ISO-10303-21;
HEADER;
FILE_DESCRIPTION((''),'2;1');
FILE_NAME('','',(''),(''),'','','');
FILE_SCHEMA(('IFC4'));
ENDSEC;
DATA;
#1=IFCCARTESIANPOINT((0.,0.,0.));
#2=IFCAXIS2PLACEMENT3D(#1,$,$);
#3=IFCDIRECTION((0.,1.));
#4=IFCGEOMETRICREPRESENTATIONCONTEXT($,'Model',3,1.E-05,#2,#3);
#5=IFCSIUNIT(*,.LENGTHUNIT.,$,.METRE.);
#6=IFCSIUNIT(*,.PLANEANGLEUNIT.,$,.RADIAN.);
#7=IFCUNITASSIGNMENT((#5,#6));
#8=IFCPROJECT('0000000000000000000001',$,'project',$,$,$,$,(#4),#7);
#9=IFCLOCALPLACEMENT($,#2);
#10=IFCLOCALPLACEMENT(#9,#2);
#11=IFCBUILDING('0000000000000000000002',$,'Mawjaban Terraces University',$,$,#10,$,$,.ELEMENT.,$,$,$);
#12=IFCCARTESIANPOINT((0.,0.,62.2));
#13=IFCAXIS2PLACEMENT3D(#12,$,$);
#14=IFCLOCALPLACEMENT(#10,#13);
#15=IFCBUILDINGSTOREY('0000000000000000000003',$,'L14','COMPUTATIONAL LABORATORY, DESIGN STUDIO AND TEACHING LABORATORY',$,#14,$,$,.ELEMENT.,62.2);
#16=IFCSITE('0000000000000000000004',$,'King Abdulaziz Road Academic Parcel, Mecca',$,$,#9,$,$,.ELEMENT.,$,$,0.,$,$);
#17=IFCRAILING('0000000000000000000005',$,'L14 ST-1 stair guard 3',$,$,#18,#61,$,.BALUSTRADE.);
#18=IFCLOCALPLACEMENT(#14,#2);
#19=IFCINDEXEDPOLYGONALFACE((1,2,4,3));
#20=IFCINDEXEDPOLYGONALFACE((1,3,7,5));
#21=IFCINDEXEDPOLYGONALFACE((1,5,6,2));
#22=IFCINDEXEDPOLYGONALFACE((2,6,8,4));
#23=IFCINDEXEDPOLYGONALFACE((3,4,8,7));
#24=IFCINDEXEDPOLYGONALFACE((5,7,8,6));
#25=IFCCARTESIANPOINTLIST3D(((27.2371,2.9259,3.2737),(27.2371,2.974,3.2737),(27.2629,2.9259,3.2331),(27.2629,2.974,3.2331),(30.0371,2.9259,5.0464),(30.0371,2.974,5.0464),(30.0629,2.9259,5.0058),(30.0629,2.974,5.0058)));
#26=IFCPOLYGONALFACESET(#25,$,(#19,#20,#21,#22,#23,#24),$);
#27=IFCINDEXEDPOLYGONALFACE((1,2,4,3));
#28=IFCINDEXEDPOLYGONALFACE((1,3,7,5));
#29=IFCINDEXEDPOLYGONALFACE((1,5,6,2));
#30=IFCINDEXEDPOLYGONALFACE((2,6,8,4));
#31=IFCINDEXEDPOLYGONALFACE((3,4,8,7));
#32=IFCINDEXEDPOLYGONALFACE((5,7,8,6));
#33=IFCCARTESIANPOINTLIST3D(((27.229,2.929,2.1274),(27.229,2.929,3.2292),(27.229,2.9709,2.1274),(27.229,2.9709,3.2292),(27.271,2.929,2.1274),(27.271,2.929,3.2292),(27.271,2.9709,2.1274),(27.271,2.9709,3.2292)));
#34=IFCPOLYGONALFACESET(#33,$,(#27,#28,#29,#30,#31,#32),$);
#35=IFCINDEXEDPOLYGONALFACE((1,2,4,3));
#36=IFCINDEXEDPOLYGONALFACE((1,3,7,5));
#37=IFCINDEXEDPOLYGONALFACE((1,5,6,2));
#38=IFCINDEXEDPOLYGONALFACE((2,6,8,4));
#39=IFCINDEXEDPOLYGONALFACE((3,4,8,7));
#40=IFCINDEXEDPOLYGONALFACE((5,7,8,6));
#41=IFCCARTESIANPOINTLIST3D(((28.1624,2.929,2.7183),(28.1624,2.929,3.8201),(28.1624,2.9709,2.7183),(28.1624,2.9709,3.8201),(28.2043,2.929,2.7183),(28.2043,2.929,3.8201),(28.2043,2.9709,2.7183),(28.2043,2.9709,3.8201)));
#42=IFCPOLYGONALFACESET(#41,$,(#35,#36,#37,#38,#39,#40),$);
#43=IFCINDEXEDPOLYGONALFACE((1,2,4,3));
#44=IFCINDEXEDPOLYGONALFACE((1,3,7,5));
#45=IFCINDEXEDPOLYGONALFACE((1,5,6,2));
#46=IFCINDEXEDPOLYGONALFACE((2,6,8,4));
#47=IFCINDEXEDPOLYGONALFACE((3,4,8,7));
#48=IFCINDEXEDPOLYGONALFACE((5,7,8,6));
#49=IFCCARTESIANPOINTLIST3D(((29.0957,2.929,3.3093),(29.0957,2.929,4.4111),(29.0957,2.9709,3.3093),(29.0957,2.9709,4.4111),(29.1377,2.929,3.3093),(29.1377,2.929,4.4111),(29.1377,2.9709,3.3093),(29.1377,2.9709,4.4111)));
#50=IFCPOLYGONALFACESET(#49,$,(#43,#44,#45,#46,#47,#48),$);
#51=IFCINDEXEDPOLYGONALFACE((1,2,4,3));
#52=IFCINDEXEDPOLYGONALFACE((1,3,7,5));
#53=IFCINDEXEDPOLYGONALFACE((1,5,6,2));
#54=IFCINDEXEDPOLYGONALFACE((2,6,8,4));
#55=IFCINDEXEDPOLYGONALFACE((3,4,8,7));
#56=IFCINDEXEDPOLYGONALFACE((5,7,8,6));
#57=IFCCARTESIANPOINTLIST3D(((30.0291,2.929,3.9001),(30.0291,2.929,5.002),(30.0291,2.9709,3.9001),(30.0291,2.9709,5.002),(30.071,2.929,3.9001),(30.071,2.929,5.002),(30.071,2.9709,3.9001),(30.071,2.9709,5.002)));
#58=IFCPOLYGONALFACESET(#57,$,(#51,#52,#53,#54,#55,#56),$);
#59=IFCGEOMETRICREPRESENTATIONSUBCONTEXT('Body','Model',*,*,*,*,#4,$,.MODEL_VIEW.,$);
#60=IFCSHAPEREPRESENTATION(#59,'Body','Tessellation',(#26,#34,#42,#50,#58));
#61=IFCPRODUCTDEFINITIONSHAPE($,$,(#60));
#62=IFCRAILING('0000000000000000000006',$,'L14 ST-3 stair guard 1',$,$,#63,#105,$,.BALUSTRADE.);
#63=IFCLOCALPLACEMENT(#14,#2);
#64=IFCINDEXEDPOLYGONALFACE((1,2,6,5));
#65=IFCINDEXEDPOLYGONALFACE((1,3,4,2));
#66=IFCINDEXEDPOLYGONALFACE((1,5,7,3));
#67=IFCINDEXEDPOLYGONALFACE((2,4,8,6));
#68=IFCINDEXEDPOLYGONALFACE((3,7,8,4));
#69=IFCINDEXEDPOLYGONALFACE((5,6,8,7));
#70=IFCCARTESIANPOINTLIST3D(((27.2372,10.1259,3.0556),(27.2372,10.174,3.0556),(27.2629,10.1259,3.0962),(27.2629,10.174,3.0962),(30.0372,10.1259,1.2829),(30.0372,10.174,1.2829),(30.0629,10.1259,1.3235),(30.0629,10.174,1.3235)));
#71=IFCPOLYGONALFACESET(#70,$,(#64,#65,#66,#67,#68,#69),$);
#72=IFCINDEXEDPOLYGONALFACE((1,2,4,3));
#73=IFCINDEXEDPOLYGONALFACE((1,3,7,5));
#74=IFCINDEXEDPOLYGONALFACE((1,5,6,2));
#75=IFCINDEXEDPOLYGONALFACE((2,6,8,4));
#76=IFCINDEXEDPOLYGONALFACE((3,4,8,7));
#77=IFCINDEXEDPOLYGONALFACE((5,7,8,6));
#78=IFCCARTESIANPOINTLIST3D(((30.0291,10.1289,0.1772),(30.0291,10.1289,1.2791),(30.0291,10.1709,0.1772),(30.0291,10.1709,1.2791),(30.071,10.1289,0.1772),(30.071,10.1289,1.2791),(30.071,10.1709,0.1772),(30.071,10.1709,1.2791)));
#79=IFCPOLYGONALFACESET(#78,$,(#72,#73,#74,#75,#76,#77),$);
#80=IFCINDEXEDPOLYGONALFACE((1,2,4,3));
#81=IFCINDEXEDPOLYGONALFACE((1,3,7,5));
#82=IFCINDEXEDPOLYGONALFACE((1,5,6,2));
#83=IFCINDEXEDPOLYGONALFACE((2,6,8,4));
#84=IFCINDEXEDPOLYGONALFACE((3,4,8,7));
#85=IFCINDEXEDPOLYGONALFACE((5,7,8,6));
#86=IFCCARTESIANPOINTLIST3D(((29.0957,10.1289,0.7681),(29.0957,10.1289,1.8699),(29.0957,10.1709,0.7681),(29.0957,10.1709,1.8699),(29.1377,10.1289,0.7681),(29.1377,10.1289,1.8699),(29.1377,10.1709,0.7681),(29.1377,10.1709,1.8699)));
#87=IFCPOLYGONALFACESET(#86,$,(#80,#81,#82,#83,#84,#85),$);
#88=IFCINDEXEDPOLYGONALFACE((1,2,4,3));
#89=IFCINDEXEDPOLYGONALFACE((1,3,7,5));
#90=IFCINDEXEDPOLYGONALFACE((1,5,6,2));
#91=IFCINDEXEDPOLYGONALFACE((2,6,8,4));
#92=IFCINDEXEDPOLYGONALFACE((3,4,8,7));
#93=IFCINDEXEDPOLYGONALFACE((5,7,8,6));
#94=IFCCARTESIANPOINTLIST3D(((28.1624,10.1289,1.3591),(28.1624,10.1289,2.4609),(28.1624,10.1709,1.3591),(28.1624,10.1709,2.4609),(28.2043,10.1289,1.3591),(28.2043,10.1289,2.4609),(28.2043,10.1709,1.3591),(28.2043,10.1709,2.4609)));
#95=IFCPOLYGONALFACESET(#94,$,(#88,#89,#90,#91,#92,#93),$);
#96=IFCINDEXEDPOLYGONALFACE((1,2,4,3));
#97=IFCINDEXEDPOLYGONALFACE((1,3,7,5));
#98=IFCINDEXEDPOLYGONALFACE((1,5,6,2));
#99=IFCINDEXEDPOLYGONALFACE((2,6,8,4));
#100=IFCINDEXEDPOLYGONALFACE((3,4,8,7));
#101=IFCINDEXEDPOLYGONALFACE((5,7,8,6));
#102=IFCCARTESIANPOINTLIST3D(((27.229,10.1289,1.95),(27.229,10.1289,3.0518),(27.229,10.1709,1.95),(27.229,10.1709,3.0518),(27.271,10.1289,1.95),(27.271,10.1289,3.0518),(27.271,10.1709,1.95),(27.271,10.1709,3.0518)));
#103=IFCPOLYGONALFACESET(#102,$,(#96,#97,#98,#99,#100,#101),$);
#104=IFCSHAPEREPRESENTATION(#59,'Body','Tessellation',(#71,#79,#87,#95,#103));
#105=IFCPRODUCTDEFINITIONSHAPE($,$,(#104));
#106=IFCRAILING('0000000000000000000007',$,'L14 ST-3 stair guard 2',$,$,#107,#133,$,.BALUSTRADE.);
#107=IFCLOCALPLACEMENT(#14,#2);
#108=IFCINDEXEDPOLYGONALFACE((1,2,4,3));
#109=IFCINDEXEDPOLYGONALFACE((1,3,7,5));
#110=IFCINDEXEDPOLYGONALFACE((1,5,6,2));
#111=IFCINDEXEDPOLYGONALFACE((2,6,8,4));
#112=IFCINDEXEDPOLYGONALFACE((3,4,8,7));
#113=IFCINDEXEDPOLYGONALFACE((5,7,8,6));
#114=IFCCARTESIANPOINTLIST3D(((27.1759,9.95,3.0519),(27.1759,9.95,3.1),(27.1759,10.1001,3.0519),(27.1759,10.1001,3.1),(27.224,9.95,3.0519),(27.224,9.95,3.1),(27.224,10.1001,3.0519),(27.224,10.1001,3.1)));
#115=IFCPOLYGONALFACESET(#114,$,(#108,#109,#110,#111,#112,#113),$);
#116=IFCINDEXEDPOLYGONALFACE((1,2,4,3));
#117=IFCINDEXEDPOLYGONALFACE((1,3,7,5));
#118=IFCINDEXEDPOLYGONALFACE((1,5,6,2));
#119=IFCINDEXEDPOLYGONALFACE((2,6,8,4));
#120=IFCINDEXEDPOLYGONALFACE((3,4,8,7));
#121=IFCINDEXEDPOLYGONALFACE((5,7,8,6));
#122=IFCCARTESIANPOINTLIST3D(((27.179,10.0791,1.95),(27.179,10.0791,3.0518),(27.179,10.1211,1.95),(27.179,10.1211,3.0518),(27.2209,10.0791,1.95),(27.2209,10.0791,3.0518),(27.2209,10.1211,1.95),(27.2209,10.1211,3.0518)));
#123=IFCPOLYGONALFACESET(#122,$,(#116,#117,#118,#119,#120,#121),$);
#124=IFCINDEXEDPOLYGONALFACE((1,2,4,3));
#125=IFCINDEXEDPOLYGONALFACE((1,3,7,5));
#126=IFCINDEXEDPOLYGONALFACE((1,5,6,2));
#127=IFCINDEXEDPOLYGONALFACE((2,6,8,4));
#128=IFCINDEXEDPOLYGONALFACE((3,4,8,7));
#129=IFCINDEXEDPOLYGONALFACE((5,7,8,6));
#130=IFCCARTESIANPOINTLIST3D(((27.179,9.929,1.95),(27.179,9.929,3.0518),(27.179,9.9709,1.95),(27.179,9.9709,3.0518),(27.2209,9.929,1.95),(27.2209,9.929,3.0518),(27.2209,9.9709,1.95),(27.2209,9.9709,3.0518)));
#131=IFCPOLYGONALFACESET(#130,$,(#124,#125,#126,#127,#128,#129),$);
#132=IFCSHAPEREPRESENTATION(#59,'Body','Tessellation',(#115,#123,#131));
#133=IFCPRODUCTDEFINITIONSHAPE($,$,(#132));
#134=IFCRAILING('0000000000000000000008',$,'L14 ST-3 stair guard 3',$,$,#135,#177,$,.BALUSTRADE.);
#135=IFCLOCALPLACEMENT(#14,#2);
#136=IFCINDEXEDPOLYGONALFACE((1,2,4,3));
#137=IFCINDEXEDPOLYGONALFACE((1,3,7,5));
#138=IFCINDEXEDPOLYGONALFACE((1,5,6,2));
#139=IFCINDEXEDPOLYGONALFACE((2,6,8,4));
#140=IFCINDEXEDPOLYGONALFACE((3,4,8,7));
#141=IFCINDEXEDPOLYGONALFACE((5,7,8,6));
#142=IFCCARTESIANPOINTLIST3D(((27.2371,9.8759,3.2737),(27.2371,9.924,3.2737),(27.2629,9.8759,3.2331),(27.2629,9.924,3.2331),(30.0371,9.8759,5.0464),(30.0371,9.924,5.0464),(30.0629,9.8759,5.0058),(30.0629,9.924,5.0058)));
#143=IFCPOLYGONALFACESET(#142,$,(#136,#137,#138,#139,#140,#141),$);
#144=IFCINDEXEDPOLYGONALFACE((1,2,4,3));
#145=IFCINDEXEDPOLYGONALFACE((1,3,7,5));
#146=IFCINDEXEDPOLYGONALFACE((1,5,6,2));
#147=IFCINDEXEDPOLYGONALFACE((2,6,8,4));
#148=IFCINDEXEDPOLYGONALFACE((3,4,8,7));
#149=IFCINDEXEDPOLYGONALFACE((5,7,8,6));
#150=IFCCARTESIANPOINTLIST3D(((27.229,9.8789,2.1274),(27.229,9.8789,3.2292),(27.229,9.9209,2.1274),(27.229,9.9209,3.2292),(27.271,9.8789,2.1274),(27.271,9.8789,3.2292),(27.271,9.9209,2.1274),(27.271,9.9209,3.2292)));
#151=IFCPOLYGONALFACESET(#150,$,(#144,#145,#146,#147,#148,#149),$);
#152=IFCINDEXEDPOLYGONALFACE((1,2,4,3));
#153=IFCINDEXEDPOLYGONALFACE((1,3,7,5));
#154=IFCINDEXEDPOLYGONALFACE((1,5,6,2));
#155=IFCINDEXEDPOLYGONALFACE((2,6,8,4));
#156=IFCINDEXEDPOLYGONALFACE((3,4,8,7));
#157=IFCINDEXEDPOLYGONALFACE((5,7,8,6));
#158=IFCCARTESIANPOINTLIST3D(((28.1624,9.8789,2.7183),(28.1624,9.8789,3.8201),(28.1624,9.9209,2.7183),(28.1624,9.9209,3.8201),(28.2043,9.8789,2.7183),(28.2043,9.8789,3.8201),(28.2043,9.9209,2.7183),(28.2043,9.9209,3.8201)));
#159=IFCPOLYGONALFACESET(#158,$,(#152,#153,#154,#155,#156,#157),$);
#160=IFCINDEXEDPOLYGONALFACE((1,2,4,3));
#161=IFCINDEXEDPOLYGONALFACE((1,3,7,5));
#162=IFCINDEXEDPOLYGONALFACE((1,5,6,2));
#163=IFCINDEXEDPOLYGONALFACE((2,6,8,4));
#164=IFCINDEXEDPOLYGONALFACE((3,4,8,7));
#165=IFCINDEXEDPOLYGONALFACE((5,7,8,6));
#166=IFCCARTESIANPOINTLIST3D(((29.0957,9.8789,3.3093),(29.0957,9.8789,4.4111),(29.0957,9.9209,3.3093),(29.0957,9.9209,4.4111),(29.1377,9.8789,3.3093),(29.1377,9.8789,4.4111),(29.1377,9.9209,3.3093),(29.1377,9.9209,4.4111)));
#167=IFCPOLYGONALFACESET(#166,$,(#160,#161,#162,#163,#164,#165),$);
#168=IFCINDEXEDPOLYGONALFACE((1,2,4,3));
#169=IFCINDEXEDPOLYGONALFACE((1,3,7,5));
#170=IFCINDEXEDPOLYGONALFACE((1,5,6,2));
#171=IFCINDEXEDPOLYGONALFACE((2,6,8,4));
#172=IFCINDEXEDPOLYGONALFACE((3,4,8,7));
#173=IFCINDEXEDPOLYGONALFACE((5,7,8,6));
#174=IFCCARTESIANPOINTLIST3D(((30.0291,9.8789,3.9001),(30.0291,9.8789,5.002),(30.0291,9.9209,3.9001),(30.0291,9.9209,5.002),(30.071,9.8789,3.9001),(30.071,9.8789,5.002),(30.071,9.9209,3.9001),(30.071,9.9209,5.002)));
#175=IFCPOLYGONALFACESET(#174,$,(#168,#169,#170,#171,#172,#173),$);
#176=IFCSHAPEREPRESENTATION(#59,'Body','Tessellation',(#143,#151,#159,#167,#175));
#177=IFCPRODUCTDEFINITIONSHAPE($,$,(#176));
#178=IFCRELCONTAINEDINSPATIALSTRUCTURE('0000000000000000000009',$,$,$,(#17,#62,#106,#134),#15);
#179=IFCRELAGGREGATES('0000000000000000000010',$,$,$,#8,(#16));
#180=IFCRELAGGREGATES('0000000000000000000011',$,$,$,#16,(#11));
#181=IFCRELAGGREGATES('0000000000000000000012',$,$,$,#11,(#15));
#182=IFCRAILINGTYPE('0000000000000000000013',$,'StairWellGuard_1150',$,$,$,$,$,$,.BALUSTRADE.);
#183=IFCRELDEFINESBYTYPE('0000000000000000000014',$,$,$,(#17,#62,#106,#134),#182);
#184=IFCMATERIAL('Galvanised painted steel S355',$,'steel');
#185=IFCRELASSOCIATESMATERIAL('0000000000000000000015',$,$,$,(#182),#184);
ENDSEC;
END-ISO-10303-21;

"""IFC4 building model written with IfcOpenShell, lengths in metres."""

from ifc_helpers import new_model, si_unit, direction, frame, origin, origin_2d, place, context, subcontext, project, spatial, rectangle, extrude, material, type_object, element, save


model = new_model("IFC4")

# Units and contexts
model_context = context("Model", 3, precision=1e-05, world=origin(), true_north=direction((0.0, 1.0)))
body_context = subcontext(model_context, "Body", "Model", "MODEL_VIEW")
ifc_project = project(units=[si_unit("LENGTHUNIT", "METRE"), si_unit("PLANEANGLEUNIT", "RADIAN")], contexts=[model_context])

# Site, building, storey
site_placement = place(None, origin())
site = spatial("IfcSite", under=ifc_project, at=site_placement, Name="King Abdulaziz Road Academic Parcel, Mecca", CompositionType="ELEMENT", RefElevation=0.0)
building_placement = place(site_placement, origin())
building = spatial("IfcBuilding", under=site, at=building_placement, Name="Mawjaban Terraces University", CompositionType="ELEMENT")
storey_placement = place(building_placement, frame((0.0, 0.0, 62.2)))
storey = spatial("IfcBuildingStorey", under=building, at=storey_placement, Name="L14", Description="COMPUTATIONAL LABORATORY, DESIGN STUDIO AND TEACHING LABORATORY", CompositionType="ELEMENT", Elevation=62.2)

# Railings
ifc_material_1 = material(Name="Galvanised painted steel S355", Category="steel")
railing_type_1 = type_object("IfcRailingType", Name="StairWellGuard_1150", PredefinedType="BALUSTRADE", material=ifc_material_1)
railing_1_placement = place(storey_placement, frame((27.25, 2.95, 2.1274)))
element("IfcRailing", 1, at=railing_1_placement, inside=storey, type_object=railing_type_1, Name="L14 ST-1 stair guard 3", PredefinedType="BALUSTRADE", context=body_context, shape_type="SweptSolid", body=[
    extrude(rectangle(XDim=0.0481, YDim=0.0481, at=origin_2d()), frame((0.0, 0.0, 1.126), z_axis=(0.844909, 0.0, 0.53491), x_axis=(0.0, 1.0, 0.0)), (0.0, 0.0, 1.0), 3.314),
    extrude(rectangle(XDim=0.042, YDim=0.042, at=origin_2d()), origin(), (0.0, 0.0, 1.0), 1.1018),
    extrude(rectangle(XDim=0.042, YDim=0.042, at=origin_2d()), frame((0.9333, 0.0, 0.5908)), (0.0, 0.0, 1.0), 1.1018),
    extrude(rectangle(XDim=0.042, YDim=0.042, at=origin_2d()), frame((1.8667, 0.0, 1.1819)), (0.0, 0.0, 1.0), 1.1018),
    extrude(rectangle(XDim=0.042, YDim=0.042, at=origin_2d()), frame((2.8, 0.0, 1.7727)), (0.0, 0.0, 1.0), 1.1018),
])
railing_2_placement = place(storey_placement, frame((30.05, 10.1499, 0.1772)))
element("IfcRailing", 2, at=railing_2_placement, inside=storey, type_object=railing_type_1, Name="L14 ST-3 stair guard 1", PredefinedType="BALUSTRADE", context=body_context, shape_type="SweptSolid", body=[
    extrude(rectangle(XDim=0.0481, YDim=0.0481, at=origin_2d()), frame((0.0, 0.0, 1.126), z_axis=(-0.844909, 0.0, 0.53491), x_axis=(0.0, -1.0, 0.0)), (0.0, 0.0, 1.0), 3.314),
    extrude(rectangle(XDim=0.042, YDim=0.042, at=origin_2d()), origin(), (0.0, 0.0, 1.0), 1.1018),
    extrude(rectangle(XDim=0.042, YDim=0.042, at=origin_2d()), frame((-0.9333, 0.0, 0.5908)), (0.0, 0.0, 1.0), 1.1018),
    extrude(rectangle(XDim=0.042, YDim=0.042, at=origin_2d()), frame((-1.8667, 0.0, 1.1819)), (0.0, 0.0, 1.0), 1.1018),
    extrude(rectangle(XDim=0.042, YDim=0.042, at=origin_2d()), frame((-2.8, 0.0, 1.7727)), (0.0, 0.0, 1.0), 1.1018),
])
railing_3_placement = place(storey_placement, frame((27.2, 10.1001, 1.95)))
element("IfcRailing", 3, at=railing_3_placement, inside=storey, type_object=railing_type_1, Name="L14 ST-3 stair guard 2", PredefinedType="BALUSTRADE", context=body_context, shape_type="SweptSolid", body=[
    extrude(rectangle(XDim=0.0481, YDim=0.0481, at=origin_2d()), frame((0.0, 0.0, 1.126), z_axis=(0.0, -1.0, 0.0), x_axis=(1.0, 0.0, 0.0)), (0.0, 0.0, 1.0), 0.1501),
    extrude(rectangle(XDim=0.042, YDim=0.042, at=origin_2d()), origin(), (0.0, 0.0, 1.0), 1.1018),
    extrude(rectangle(XDim=0.042, YDim=0.042, at=origin_2d()), frame((0.0, -0.1501, 0.0)), (0.0, 0.0, 1.0), 1.1018),
])
railing_4_placement = place(storey_placement, frame((27.25, 9.8999, 2.1274)))
element("IfcRailing", 4, at=railing_4_placement, inside=storey, type_object=railing_type_1, Name="L14 ST-3 stair guard 3", PredefinedType="BALUSTRADE", context=body_context, shape_type="SweptSolid", body=[
    extrude(rectangle(XDim=0.0481, YDim=0.0481, at=origin_2d()), frame((0.0, 0.0, 1.126), z_axis=(0.844909, 0.0, 0.53491), x_axis=(0.0, 1.0, 0.0)), (0.0, 0.0, 1.0), 3.314),
    extrude(rectangle(XDim=0.042, YDim=0.042, at=origin_2d()), origin(), (0.0, 0.0, 1.0), 1.1018),
    extrude(rectangle(XDim=0.042, YDim=0.042, at=origin_2d()), frame((0.9333, 0.0, 0.5908)), (0.0, 0.0, 1.0), 1.1018),
    extrude(rectangle(XDim=0.042, YDim=0.042, at=origin_2d()), frame((1.8667, 0.0, 1.1819)), (0.0, 0.0, 1.0), 1.1018),
    extrude(rectangle(XDim=0.042, YDim=0.042, at=origin_2d()), frame((2.8, 0.0, 1.7727)), (0.0, 0.0, 1.0), 1.1018),
])

save(model, "model.ifc")
